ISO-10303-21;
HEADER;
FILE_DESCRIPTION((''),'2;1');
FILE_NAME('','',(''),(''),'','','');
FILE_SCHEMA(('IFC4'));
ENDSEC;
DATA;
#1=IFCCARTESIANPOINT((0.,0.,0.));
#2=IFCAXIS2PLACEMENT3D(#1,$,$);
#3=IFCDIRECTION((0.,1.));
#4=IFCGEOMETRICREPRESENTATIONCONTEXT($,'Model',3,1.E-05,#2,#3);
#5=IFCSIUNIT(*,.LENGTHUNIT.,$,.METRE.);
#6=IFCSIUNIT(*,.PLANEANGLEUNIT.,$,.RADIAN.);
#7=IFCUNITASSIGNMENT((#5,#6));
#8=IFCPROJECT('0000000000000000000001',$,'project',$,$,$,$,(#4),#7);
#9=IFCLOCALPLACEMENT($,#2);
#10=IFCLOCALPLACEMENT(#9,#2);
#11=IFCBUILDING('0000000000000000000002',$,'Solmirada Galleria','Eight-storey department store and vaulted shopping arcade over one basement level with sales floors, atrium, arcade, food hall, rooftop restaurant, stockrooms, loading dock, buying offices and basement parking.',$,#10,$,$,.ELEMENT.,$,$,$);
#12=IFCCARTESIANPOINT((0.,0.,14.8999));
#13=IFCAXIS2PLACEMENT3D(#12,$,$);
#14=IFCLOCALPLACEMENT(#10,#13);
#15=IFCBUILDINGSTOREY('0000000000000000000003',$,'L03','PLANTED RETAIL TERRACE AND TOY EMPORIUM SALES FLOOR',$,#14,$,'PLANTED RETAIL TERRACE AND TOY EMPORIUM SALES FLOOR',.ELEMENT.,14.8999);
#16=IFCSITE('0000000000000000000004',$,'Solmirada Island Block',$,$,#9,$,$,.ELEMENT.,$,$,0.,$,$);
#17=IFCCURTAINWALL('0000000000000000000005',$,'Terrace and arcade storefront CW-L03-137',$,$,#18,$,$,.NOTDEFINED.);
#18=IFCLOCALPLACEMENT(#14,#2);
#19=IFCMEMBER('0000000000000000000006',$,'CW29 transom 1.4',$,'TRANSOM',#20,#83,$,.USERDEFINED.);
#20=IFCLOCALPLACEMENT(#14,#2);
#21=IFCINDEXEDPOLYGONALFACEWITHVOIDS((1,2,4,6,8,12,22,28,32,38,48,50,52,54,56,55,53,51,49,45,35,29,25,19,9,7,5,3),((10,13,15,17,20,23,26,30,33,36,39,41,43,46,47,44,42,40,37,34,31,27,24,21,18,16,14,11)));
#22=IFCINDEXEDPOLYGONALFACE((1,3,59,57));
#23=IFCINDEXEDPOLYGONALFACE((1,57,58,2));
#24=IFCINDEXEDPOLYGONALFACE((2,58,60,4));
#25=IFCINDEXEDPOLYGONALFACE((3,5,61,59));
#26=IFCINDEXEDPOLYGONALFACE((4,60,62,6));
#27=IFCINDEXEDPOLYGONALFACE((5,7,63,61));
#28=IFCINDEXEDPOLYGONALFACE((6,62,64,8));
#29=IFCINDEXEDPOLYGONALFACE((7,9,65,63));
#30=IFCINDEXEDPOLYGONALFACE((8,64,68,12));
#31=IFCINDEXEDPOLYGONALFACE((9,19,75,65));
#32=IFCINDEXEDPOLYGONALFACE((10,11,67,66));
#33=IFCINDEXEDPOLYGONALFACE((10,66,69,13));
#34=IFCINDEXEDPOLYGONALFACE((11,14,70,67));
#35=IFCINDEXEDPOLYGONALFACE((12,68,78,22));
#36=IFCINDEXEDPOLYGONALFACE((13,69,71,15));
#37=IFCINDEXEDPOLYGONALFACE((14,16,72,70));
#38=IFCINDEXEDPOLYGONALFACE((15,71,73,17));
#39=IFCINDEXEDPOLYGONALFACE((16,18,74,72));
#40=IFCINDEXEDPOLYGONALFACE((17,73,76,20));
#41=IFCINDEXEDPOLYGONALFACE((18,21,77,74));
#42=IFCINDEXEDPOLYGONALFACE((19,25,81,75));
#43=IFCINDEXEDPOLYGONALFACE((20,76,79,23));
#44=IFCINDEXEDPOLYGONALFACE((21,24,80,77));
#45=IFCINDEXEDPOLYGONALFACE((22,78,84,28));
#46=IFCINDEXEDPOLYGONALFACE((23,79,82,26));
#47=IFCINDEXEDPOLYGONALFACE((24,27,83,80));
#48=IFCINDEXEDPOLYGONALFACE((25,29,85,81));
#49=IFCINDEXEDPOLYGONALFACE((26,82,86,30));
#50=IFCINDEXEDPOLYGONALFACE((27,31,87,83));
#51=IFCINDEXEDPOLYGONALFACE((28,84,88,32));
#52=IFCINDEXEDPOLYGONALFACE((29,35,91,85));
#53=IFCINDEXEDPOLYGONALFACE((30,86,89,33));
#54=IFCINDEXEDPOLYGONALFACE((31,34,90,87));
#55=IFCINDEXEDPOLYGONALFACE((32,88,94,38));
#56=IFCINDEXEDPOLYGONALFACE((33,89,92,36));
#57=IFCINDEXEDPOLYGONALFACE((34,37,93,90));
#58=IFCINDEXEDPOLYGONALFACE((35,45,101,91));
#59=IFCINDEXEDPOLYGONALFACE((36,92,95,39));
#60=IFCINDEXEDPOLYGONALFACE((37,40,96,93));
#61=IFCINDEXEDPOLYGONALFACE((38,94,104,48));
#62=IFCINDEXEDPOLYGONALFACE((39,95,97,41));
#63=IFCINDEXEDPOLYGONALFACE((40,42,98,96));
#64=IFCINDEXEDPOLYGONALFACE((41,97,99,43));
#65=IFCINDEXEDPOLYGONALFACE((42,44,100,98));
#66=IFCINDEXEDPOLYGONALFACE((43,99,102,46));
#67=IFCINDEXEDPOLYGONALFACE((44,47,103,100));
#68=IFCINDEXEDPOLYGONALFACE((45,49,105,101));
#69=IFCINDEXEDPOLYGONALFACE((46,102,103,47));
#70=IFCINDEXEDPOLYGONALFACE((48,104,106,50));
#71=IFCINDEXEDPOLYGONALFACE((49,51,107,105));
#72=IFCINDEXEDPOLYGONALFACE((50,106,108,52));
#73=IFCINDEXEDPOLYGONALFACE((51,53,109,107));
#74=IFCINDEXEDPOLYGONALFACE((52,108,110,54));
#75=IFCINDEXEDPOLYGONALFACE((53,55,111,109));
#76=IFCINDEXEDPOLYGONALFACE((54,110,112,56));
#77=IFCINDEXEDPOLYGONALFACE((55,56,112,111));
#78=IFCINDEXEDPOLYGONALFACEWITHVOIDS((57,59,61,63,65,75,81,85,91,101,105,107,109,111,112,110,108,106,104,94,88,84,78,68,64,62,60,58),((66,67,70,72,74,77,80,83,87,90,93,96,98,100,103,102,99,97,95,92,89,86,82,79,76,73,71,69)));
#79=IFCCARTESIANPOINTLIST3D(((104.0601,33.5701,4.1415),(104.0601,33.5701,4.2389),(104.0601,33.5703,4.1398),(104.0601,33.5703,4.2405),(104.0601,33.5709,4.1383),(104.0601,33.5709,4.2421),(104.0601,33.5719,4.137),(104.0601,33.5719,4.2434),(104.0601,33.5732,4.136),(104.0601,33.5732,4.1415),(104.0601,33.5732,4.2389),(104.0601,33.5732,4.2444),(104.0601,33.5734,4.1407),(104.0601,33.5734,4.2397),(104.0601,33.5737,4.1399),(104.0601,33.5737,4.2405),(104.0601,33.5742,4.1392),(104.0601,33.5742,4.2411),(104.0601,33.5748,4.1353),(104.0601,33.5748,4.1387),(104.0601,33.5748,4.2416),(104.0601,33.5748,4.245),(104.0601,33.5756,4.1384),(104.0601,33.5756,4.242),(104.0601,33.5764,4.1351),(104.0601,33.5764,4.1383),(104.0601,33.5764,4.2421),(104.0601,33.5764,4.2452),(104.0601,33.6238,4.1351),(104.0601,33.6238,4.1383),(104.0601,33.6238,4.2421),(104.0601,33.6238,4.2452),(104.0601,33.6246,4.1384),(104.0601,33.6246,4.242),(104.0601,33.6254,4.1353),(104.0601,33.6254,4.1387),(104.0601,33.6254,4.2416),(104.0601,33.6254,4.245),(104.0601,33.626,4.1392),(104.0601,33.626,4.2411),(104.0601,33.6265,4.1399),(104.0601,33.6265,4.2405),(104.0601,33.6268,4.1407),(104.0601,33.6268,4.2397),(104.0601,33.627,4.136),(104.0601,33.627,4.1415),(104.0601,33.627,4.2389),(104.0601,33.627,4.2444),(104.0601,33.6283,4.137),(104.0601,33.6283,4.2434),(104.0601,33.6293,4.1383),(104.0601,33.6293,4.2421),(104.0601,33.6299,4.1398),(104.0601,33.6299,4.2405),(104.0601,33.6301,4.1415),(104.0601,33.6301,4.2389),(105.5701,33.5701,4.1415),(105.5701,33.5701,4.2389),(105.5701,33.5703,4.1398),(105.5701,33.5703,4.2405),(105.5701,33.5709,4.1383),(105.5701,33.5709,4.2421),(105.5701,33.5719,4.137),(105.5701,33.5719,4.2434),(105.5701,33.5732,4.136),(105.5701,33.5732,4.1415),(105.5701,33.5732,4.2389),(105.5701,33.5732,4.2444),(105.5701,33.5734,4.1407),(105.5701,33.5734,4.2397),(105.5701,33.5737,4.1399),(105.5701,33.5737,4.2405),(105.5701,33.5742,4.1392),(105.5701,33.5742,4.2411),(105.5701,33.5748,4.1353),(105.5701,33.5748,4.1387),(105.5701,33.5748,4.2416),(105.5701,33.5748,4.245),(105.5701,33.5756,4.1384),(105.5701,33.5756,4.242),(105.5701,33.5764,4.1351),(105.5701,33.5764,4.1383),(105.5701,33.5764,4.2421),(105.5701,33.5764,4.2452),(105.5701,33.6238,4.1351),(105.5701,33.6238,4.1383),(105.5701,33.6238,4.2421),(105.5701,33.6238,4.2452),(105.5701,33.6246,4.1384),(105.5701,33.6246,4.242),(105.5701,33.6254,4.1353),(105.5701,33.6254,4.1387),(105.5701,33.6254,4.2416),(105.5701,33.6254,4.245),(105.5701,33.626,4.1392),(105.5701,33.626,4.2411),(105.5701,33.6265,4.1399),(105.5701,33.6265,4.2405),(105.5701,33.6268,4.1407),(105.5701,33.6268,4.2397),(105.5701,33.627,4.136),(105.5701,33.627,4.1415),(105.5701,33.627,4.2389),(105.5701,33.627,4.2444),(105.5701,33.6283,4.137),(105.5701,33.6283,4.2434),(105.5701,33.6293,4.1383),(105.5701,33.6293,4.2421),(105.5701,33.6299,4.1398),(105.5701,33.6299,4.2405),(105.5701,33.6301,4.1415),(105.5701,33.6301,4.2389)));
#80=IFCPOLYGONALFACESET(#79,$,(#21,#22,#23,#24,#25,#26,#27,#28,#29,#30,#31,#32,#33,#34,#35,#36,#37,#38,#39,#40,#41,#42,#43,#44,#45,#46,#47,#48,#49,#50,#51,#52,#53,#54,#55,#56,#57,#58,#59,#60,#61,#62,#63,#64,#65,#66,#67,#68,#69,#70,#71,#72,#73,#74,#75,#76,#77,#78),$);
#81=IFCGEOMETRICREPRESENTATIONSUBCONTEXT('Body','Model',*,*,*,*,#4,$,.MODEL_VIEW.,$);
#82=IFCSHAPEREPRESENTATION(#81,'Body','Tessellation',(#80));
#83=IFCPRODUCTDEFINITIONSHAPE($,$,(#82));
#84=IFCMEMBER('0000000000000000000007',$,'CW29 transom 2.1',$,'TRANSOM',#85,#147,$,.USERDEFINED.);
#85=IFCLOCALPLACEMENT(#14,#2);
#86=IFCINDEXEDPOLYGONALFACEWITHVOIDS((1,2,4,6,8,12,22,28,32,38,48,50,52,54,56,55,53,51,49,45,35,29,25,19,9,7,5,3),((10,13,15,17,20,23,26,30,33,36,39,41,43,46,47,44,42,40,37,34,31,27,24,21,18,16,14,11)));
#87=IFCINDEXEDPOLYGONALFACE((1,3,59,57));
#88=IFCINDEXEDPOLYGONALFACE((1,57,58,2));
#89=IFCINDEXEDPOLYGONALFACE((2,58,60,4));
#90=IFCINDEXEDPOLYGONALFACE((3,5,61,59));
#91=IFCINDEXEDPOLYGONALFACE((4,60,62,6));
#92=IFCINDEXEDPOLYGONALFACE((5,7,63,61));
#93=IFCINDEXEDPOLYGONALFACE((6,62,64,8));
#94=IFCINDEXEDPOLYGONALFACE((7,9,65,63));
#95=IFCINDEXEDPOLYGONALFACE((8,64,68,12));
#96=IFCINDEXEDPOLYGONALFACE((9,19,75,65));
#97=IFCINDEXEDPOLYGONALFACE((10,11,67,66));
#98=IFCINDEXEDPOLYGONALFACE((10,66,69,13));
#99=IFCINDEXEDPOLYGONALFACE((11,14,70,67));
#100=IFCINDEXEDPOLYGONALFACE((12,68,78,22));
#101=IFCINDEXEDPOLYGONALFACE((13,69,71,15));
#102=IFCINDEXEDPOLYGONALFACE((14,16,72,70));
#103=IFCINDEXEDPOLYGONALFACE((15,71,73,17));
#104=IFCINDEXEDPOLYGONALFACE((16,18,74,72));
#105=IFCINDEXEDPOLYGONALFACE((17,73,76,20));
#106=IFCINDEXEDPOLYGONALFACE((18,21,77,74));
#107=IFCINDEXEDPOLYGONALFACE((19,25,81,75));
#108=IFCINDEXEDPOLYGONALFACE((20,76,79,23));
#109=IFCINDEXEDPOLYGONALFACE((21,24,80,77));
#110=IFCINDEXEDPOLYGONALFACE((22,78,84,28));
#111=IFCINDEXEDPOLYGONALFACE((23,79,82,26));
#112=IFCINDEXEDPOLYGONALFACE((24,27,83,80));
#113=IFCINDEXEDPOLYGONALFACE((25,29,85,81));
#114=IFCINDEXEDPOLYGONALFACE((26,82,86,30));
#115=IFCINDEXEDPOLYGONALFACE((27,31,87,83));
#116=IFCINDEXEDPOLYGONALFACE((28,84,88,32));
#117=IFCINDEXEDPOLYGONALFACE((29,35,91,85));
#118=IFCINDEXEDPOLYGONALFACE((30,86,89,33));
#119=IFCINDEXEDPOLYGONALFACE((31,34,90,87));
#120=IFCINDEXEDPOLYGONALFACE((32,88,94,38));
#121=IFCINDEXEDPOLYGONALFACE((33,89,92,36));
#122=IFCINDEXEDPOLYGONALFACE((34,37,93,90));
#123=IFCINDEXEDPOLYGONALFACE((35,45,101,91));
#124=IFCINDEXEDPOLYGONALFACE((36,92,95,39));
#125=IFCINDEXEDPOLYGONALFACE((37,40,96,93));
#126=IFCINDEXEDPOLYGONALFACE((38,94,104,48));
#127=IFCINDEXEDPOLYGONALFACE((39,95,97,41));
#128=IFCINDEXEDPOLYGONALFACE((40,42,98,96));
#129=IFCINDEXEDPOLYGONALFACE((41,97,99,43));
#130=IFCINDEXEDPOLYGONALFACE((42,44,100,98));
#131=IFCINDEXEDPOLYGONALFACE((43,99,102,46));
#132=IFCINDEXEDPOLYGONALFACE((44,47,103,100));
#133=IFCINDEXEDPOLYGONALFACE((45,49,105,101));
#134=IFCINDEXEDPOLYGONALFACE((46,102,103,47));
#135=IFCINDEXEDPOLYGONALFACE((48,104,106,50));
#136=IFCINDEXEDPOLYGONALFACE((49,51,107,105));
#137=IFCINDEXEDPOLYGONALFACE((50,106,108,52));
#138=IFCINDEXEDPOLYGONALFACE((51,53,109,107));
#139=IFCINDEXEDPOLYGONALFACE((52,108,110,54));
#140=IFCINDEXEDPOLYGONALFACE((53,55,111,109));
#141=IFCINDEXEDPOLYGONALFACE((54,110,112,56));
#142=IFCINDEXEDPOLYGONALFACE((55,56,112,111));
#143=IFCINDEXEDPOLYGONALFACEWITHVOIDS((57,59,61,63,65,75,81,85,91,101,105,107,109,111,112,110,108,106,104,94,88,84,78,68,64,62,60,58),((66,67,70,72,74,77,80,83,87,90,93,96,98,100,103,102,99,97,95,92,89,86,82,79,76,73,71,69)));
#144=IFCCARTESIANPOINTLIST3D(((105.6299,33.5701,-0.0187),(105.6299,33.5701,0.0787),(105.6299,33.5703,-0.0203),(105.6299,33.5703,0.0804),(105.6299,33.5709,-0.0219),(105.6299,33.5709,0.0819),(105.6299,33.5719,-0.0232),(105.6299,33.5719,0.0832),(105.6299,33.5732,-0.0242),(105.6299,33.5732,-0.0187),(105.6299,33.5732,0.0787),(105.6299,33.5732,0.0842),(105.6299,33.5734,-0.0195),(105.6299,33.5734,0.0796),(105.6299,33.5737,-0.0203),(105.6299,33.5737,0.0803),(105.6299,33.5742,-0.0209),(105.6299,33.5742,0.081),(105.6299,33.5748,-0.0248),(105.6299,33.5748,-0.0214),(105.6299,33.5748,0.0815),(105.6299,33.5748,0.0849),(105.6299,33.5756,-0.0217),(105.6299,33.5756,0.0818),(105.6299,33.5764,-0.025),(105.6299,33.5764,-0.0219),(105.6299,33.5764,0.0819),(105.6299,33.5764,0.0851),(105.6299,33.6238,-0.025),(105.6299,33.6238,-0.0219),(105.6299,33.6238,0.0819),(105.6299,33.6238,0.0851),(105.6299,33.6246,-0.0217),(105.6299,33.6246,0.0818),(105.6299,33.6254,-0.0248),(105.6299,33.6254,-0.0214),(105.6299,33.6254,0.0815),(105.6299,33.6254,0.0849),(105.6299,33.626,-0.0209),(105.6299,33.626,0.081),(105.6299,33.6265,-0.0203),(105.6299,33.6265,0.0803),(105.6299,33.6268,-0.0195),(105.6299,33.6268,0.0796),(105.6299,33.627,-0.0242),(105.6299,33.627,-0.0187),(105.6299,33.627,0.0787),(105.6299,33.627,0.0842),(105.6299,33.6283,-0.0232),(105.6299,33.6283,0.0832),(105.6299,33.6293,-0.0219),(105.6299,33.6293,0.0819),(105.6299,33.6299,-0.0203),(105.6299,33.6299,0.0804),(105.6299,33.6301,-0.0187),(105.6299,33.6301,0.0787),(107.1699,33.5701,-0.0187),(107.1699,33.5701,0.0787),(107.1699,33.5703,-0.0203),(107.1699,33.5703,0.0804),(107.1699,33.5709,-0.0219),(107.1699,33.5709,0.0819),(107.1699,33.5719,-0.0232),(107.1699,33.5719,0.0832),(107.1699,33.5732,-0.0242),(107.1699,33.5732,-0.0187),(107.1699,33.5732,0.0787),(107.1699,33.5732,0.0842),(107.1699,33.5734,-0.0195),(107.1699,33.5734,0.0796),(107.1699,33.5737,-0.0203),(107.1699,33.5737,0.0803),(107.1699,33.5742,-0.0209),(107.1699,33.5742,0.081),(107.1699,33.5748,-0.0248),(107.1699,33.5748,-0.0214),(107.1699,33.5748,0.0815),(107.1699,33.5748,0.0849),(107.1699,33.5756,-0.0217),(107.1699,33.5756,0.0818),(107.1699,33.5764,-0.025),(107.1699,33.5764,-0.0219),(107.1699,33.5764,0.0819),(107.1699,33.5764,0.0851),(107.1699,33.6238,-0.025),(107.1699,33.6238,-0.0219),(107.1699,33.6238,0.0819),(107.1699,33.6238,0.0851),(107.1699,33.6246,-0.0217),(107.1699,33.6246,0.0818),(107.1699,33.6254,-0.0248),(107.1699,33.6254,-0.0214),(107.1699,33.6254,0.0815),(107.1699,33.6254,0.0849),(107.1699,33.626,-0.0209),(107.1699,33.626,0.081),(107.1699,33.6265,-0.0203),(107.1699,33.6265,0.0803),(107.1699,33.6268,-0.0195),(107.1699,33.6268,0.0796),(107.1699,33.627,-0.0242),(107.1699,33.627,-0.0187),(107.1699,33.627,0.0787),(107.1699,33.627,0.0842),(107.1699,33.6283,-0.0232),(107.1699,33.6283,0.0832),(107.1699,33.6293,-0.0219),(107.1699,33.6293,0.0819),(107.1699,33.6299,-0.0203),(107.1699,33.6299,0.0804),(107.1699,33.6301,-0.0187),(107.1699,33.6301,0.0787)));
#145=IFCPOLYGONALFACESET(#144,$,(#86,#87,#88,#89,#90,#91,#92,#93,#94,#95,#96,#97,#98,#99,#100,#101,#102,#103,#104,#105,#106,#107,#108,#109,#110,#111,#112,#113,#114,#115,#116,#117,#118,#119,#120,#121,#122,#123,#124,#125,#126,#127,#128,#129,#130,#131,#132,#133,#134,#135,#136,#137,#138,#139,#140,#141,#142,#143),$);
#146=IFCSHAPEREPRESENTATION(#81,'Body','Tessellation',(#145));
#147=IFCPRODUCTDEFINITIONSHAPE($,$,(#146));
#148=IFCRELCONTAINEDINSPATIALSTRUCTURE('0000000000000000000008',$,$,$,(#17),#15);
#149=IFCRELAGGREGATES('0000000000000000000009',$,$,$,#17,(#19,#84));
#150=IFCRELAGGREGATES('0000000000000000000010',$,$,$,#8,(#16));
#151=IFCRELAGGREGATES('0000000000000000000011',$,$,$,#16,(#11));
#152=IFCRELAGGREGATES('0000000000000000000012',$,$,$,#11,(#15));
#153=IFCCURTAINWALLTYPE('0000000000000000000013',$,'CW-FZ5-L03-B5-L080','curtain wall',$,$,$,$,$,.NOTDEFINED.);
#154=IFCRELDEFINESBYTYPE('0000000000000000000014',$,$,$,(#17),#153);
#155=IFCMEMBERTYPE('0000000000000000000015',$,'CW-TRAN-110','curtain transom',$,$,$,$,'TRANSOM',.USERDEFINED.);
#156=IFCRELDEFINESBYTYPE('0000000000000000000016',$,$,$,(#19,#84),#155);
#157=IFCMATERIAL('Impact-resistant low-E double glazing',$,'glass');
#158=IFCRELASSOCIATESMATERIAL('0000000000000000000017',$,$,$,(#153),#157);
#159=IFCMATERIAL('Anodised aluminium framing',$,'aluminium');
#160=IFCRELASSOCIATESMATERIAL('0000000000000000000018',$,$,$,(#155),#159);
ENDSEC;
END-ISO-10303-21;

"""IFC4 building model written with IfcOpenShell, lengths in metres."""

from ifc_helpers import new_model, si_unit, direction, frame, origin, origin_2d, place, context, subcontext, project, spatial, hollow_rectangle, extrude, material, material_profile, profile_set, type_object, element, aggregate, save


model = new_model("IFC4")

# Units and contexts
model_context = context("Model", 3, precision=1e-05, world=origin(), true_north=direction((0.0, 1.0)))
body_context = subcontext(model_context, "Body", "Model", "MODEL_VIEW")
ifc_project = project(units=[si_unit("LENGTHUNIT", "METRE"), si_unit("PLANEANGLEUNIT", "RADIAN")], contexts=[model_context])

# Site, building, storey
site_placement = place(None, origin())
site = spatial("IfcSite", under=ifc_project, at=site_placement, Name="Solmirada Island Block", CompositionType="ELEMENT", RefElevation=0.0)
building_placement = place(site_placement, origin())
building = spatial("IfcBuilding", under=site, at=building_placement, Name="Solmirada Galleria", Description="Eight-storey department store and vaulted shopping arcade over one basement level with sales floors, atrium, arcade, food hall, rooftop restaurant, stockrooms, loading dock, buying offices and basement parking.", CompositionType="ELEMENT")
storey_placement = place(building_placement, frame((0.0, 0.0, 14.8999)))
storey = spatial("IfcBuildingStorey", under=building, at=storey_placement, Name="L03", Description="PLANTED RETAIL TERRACE AND TOY EMPORIUM SALES FLOOR", LongName="PLANTED RETAIL TERRACE AND TOY EMPORIUM SALES FLOOR", CompositionType="ELEMENT", Elevation=14.8999)

# Shared definitions
ifc_material_1 = material(Name="Impact-resistant low-E double glazing", Category="glass")
curtain_wall_type = type_object("IfcCurtainWallType", Name="CW-FZ5-L03-B5-L080", Description="curtain wall", PredefinedType="NOTDEFINED", material=ifc_material_1)
ifc_material_2 = material(Name="Anodised aluminium framing", Category="aluminium")

# Curtain wall
curtain_wall_1_placement = place(storey_placement, origin())
curtain_wall_1 = element("IfcCurtainWall", 1, at=curtain_wall_1_placement, inside=storey, type_object=curtain_wall_type, Name="Terrace and arcade storefront CW-L03-137", PredefinedType="NOTDEFINED")

# Members
ifc_material_profile_1 = material_profile(ifc_material_2, hollow_rectangle(XDim=0.0601, YDim=0.1101, WallThickness=0.0032, InnerFilletRadius=0.0032, OuterFilletRadius=0.0063, at=origin_2d()), Name="ALU-TRAN-110X60")
ifc_profile_set_1 = profile_set([ifc_material_profile_1], Name="Anodised aluminium framing")
member_type_1 = type_object("IfcMemberType", Name="CW-TRAN-110", Description="curtain transom", ElementType="TRANSOM", PredefinedType="USERDEFINED", material=ifc_profile_set_1)
member_1_placement = place(storey_placement, frame((104.0601, 33.6001, 4.1902), z_axis=(1.0, 0.0, 0.0), x_axis=(0.0, 1.0, 0.0)))
member_1 = element("IfcMember", 2, at=member_1_placement, type_object=member_type_1, Name="CW29 transom 1.4", ObjectType="TRANSOM", PredefinedType="USERDEFINED", context=body_context, shape_type="SweptSolid", body=[
    extrude(hollow_rectangle(XDim=0.0601, YDim=0.1101, WallThickness=0.0032, InnerFilletRadius=0.0032, OuterFilletRadius=0.0063, at=origin_2d()), origin(), (0.0, 0.0, 1.0), 1.51),
])
member_2_placement = place(storey_placement, frame((105.6299, 33.6001, 0.03), z_axis=(1.0, 0.0, 0.0), x_axis=(0.0, 1.0, 0.0)))
member_2 = element("IfcMember", 3, at=member_2_placement, type_object=member_type_1, Name="CW29 transom 2.1", ObjectType="TRANSOM", PredefinedType="USERDEFINED", context=body_context, shape_type="SweptSolid", body=[
    extrude(hollow_rectangle(XDim=0.0601, YDim=0.1101, WallThickness=0.0032, InnerFilletRadius=0.0032, OuterFilletRadius=0.0063, at=origin_2d()), origin(), (0.0, 0.0, 1.0), 1.54),
])

aggregate(curtain_wall_1, [member_1, member_2])

save(model, "model.ifc")
